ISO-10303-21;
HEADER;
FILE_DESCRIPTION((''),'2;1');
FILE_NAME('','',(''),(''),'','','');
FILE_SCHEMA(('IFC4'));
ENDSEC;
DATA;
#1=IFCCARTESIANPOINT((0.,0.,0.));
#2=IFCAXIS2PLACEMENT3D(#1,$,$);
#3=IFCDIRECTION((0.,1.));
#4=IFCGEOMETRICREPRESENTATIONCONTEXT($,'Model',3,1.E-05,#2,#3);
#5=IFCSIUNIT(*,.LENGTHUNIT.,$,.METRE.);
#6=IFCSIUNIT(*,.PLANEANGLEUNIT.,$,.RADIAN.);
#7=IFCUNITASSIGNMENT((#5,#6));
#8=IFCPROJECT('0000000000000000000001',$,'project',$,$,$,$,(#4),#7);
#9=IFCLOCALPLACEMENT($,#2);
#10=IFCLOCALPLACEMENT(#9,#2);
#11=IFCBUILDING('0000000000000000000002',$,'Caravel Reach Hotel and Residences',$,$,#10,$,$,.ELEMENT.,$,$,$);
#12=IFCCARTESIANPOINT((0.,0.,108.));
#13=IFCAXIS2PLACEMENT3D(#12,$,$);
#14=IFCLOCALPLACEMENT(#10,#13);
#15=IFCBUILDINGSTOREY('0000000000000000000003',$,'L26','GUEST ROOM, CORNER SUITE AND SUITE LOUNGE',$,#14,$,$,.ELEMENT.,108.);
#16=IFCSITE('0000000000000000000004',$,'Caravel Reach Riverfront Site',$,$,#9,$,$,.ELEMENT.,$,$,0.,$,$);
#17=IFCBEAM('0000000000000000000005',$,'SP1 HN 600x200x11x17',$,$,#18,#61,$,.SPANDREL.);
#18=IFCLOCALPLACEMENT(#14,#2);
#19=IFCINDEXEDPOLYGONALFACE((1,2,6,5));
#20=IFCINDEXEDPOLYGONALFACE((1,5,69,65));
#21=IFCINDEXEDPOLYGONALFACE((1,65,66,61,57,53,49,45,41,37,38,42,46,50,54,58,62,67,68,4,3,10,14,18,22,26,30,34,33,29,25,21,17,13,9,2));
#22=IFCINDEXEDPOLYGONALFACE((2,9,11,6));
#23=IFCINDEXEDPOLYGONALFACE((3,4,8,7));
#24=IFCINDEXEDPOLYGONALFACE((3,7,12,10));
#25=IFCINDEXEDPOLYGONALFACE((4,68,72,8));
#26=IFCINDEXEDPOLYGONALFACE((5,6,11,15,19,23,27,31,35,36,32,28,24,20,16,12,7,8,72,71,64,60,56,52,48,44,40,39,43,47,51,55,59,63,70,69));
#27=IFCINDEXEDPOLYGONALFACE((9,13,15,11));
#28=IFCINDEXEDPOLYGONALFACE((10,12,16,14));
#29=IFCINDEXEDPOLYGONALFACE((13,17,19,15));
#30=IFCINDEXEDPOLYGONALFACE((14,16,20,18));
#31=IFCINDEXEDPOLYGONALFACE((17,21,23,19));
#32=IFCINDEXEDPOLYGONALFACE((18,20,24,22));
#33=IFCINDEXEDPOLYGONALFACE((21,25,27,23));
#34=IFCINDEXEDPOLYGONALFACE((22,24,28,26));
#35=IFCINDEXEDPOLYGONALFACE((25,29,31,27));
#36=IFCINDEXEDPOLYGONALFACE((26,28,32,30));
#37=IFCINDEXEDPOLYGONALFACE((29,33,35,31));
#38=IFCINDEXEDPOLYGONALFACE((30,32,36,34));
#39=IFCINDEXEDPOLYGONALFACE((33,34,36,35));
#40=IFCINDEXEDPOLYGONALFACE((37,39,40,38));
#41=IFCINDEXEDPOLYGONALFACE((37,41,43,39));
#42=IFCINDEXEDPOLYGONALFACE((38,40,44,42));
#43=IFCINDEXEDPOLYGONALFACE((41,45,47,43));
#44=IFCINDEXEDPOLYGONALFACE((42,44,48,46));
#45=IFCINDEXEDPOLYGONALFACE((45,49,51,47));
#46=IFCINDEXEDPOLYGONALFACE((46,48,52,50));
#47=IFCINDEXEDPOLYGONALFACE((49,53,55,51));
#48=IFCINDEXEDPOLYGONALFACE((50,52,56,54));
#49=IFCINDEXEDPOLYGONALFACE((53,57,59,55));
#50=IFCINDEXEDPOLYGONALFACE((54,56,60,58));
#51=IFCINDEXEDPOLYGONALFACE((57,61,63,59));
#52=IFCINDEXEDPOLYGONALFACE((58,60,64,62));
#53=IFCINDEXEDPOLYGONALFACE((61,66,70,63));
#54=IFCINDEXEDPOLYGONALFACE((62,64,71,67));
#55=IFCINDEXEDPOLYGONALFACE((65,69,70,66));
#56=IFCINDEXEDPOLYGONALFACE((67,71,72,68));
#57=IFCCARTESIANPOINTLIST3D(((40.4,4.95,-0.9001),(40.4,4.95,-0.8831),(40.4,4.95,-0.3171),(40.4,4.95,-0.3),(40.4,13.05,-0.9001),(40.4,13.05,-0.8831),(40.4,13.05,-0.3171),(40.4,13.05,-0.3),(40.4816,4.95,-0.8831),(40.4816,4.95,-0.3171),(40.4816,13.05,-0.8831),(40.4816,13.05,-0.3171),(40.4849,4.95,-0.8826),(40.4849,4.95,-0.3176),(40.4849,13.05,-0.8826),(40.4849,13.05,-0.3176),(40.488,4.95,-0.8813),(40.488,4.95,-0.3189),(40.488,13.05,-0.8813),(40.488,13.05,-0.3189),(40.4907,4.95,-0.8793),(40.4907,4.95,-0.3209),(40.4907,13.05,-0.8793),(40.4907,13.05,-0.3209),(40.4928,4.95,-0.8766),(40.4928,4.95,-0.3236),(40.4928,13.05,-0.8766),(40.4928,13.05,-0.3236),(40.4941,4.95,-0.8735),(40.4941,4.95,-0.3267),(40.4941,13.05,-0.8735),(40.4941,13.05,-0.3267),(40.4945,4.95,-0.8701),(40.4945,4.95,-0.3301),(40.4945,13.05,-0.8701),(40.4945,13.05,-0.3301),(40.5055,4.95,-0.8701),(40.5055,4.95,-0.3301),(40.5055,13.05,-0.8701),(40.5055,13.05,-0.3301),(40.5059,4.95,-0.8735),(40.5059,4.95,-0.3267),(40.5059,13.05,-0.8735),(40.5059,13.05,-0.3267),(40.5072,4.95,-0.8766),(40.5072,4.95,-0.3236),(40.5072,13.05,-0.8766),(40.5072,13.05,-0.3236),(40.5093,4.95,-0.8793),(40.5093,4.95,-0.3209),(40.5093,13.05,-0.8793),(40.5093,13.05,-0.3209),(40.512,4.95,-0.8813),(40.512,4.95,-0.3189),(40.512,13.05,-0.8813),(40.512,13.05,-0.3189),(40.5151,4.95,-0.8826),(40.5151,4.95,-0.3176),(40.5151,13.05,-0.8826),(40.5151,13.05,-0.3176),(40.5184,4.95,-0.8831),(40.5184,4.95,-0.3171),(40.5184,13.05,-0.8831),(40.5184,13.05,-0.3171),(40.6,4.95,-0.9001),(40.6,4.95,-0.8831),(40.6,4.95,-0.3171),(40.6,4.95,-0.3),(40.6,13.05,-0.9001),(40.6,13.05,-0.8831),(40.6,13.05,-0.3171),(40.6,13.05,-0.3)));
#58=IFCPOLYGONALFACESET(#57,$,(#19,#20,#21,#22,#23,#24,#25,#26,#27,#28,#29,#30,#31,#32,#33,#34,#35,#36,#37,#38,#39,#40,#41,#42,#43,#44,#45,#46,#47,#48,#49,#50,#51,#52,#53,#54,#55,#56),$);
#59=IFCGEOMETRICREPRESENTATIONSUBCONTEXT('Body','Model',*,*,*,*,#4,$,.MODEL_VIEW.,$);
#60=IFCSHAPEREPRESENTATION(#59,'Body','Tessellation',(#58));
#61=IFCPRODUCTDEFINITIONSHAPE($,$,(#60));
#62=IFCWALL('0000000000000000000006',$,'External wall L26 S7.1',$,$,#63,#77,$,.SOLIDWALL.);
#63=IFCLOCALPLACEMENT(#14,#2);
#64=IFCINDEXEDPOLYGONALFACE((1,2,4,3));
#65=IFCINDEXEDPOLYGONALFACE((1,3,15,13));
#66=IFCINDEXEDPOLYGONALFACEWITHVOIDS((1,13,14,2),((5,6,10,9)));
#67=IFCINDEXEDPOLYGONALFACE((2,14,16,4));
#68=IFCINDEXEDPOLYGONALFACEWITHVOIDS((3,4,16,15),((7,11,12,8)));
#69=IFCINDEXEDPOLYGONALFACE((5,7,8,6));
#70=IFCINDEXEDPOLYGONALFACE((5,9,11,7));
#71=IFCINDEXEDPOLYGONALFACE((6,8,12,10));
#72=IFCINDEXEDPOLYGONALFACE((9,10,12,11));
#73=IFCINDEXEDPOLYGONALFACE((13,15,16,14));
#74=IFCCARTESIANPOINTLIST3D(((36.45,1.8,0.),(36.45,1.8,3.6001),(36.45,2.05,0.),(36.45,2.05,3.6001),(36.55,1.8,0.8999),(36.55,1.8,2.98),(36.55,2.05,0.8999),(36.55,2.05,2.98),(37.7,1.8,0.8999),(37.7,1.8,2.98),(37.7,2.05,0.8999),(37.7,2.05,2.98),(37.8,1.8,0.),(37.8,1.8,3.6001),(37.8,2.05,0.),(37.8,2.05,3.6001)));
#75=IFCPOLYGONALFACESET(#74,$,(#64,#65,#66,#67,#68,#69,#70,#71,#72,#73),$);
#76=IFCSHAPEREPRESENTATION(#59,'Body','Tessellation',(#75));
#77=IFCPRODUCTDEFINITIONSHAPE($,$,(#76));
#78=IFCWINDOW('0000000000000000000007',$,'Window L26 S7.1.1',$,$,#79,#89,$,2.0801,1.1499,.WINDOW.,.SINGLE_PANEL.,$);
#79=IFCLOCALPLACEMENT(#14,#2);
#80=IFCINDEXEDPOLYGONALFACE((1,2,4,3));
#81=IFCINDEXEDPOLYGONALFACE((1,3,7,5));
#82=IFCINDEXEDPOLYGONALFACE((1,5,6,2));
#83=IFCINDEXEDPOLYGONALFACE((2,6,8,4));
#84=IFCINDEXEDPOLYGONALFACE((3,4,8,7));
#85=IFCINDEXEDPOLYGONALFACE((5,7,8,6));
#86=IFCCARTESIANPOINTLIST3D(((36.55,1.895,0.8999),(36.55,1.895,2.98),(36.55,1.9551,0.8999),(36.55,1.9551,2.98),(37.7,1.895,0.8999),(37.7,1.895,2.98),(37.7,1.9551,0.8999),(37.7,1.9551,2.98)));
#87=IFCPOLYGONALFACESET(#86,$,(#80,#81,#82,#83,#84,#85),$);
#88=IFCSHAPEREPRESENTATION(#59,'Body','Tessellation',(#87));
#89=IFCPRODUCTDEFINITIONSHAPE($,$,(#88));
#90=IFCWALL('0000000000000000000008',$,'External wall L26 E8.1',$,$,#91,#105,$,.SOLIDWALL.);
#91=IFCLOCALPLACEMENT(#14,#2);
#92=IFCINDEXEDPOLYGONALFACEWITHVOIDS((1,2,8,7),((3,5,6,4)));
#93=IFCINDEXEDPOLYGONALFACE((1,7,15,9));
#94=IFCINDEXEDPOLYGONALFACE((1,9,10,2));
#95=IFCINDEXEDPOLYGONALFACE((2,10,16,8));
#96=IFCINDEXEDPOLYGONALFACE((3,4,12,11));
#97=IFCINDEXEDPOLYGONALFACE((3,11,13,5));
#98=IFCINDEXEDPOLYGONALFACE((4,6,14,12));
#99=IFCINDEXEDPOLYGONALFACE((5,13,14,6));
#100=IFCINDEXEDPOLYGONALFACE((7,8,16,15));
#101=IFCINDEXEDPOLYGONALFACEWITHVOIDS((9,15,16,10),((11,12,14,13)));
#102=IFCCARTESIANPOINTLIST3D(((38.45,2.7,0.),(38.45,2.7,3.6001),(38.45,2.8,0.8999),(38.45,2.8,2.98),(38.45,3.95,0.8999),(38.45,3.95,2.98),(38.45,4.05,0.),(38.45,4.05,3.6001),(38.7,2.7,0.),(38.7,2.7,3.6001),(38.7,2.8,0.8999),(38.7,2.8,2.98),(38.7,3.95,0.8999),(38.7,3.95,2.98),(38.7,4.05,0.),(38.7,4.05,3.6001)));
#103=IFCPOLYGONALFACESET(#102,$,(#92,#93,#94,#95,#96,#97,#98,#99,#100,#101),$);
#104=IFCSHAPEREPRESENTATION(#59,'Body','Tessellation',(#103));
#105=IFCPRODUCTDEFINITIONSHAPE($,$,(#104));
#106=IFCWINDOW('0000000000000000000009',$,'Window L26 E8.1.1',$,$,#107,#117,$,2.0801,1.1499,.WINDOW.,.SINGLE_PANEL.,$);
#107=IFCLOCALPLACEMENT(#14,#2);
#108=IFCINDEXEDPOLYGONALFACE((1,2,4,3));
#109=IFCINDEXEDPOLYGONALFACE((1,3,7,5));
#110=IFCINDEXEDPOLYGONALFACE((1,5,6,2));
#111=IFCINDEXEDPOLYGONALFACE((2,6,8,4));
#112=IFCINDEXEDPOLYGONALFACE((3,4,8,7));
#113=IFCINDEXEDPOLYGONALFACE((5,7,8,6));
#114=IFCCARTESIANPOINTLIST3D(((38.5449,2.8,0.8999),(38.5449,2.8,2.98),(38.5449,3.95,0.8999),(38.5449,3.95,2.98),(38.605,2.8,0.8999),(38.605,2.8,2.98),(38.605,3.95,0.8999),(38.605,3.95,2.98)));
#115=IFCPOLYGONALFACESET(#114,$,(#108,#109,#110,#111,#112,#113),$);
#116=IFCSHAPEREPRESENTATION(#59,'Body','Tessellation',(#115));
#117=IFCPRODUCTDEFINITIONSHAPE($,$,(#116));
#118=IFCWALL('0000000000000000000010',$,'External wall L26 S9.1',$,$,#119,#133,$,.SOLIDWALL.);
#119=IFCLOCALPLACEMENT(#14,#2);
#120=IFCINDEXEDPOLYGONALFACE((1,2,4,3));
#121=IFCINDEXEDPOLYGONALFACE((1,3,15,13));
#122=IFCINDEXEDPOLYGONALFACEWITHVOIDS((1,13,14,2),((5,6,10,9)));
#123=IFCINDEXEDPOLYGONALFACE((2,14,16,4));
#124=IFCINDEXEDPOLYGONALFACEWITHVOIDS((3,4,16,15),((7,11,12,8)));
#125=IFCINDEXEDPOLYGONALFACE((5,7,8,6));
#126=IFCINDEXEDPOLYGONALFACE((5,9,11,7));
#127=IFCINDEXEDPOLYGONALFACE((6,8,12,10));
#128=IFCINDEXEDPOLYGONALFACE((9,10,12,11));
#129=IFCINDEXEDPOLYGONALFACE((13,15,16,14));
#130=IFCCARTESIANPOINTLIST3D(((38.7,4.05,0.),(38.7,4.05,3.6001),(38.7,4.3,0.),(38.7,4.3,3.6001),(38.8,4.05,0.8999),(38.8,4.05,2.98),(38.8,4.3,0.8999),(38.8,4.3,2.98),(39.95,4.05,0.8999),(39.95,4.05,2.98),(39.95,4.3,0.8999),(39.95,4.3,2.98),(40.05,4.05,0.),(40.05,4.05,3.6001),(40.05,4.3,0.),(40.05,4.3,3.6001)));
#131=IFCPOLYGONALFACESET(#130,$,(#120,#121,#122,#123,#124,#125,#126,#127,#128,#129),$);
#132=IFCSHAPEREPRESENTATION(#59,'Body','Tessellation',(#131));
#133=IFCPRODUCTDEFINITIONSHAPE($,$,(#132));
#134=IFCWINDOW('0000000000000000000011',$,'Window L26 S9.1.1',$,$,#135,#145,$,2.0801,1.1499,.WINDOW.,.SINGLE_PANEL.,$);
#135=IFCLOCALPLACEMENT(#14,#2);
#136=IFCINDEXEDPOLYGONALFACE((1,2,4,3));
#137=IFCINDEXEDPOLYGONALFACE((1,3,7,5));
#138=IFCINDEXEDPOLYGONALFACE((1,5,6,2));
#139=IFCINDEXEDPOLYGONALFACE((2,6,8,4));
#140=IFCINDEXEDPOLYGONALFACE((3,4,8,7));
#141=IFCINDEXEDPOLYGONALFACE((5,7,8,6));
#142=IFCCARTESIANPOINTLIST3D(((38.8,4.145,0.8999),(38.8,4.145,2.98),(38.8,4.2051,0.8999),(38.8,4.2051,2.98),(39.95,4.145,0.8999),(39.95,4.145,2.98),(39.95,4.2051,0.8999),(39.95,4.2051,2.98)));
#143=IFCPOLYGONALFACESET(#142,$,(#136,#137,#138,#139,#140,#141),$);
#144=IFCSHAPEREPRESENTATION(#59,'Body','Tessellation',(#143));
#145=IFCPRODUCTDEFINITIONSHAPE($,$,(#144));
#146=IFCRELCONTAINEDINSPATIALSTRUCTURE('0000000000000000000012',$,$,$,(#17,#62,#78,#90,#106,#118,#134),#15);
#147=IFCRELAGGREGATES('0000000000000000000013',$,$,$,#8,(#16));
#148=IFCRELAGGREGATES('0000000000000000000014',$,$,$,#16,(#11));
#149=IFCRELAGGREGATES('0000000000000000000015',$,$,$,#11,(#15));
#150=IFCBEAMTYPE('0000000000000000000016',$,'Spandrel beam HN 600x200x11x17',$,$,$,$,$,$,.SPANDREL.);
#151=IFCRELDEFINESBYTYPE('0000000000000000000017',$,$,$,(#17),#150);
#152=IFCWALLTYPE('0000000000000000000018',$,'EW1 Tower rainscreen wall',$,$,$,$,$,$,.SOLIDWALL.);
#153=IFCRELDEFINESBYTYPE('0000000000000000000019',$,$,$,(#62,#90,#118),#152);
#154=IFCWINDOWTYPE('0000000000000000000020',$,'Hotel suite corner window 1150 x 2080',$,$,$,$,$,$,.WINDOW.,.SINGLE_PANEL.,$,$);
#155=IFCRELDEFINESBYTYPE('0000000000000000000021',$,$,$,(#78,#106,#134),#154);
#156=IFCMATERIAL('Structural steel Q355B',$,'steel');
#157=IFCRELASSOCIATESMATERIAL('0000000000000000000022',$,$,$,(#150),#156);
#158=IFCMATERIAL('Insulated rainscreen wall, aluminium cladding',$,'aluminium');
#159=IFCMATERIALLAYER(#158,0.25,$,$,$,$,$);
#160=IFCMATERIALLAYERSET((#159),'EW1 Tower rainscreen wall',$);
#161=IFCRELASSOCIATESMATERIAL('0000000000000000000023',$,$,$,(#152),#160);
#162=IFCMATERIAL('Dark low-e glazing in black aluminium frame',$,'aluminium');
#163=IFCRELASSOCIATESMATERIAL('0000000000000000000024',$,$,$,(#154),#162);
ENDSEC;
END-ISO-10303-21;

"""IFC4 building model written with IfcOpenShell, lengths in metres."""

from ifc_helpers import new_model, si_unit, direction, frame, frame_2d, origin, origin_2d, place, context, subcontext, project, spatial, rectangle, i_section, extrude, material, layer, layer_set, material_profile, profile_set, type_object, element, fill, save


model = new_model("IFC4")

# Units and contexts
model_context = context("Model", 3, precision=1e-05, world=origin(), true_north=direction((0.0, 1.0)))
body_context = subcontext(model_context, "Body", "Model", "MODEL_VIEW")
ifc_project = project(units=[si_unit("LENGTHUNIT", "METRE"), si_unit("PLANEANGLEUNIT", "RADIAN")], contexts=[model_context])

# Site, building, storey
site_placement = place(None, origin())
site = spatial("IfcSite", under=ifc_project, at=site_placement, Name="Caravel Reach Riverfront Site", CompositionType="ELEMENT", RefElevation=0.0)
building_placement = place(site_placement, origin())
building = spatial("IfcBuilding", under=site, at=building_placement, Name="Caravel Reach Hotel and Residences", CompositionType="ELEMENT")
storey_placement = place(building_placement, frame((0.0, 0.0, 108.0)))
storey = spatial("IfcBuildingStorey", under=building, at=storey_placement, Name="L26", Description="GUEST ROOM, CORNER SUITE AND SUITE LOUNGE", CompositionType="ELEMENT", Elevation=108.0)

# Beam
ifc_material_1 = material(Name="Structural steel Q355B", Category="steel")
ifc_material_profile_1 = material_profile(ifc_material_1, i_section(OverallWidth=0.2, OverallDepth=0.6001, WebThickness=0.011, FlangeThickness=0.0171, FilletRadius=0.0129, at=origin_2d()), Name="HN 600x200x11x17")
ifc_profile_set_1 = profile_set([ifc_material_profile_1], Name="Structural steel Q355B")
beam_type = type_object("IfcBeamType", Name="Spandrel beam HN 600x200x11x17", PredefinedType="SPANDREL", material=ifc_profile_set_1)
beam_placement = place(storey_placement, frame((40.5, 4.95, -0.6001), z_axis=(0.0, 1.0, 0.0), x_axis=(-1.0, 0.0, 0.0)))
element("IfcBeam", 1, at=beam_placement, inside=storey, type_object=beam_type, Name="SP1 HN 600x200x11x17", PredefinedType="SPANDREL", context=body_context, shape_type="SweptSolid", body=[
    extrude(i_section(OverallWidth=0.2, OverallDepth=0.6001, WebThickness=0.011, FlangeThickness=0.0171, FilletRadius=0.0129, at=origin_2d()), origin(), (0.0, 0.0, 1.0), 8.1001),
])

# Walls, openings, windows
ifc_material_2 = material(Name="Insulated rainscreen wall, aluminium cladding", Category="aluminium")
ifc_layer = layer(ifc_material_2, 0.25)
ifc_layer_set = layer_set([ifc_layer], Name="EW1 Tower rainscreen wall")
wall_type = type_object("IfcWallType", Name="EW1 Tower rainscreen wall", PredefinedType="SOLIDWALL", material=ifc_layer_set)
wall_1_placement = place(storey_placement, frame((36.45, 1.925, 0.0), z_axis=(0.0, 0.0, 1.0), x_axis=(1.0, 0.0, 0.0)))
wall_1 = element("IfcWall", 2, at=wall_1_placement, inside=storey, type_object=wall_type, Name="External wall L26 S7.1", PredefinedType="SOLIDWALL", context=body_context, shape_type="SweptSolid", body=[
    extrude(rectangle(XDim=1.3501, YDim=0.25, at=frame_2d((0.675, 0.0))), origin(), (0.0, 0.0, 1.0), 3.6001),
])
opening_1_placement = place(wall_1_placement, frame((0.1001, 0.0, 0.8999)))
opening_1 = element("IfcOpeningElement", 3, at=opening_1_placement, cuts=wall_1, PredefinedType="OPENING", context=body_context, shape_type="SweptSolid", body=[
    extrude(rectangle(XDim=1.1499, YDim=2.0801, at=frame_2d((0.575, 1.04))), frame((0.0, 0.135, 0.0), z_axis=(0.0, -1.0, 0.0), x_axis=(1.0, 0.0, 0.0)), (0.0, 0.0, 1.0), 0.27),
])
ifc_material_3 = material(Name="Dark low-e glazing in black aluminium frame", Category="aluminium")
window_type_1 = type_object("IfcWindowType", Name="Hotel suite corner window 1150 x 2080", PartitioningType="SINGLE_PANEL", PredefinedType="WINDOW", material=ifc_material_3)
window_1_placement = place(opening_1_placement, origin())
window_1 = element("IfcWindow", 4, at=window_1_placement, inside=storey, type_object=window_type_1, Name="Window L26 S7.1.1", OverallHeight=2.0801, OverallWidth=1.1499, PartitioningType="SINGLE_PANEL", PredefinedType="WINDOW", context=body_context, shape_type="SweptSolid", body=[
    extrude(rectangle(XDim=1.1499, YDim=2.0801, at=frame_2d((0.575, 1.04))), frame((0.0, 0.03, 0.0), z_axis=(0.0, -1.0, 0.0), x_axis=(1.0, 0.0, 0.0)), (0.0, 0.0, 1.0), 0.0601),
])
fill(opening_1, window_1)
wall_2_placement = place(storey_placement, frame((38.575, 2.7, 0.0), z_axis=(0.0, 0.0, 1.0), x_axis=(0.0, 1.0, 0.0)))
wall_2 = element("IfcWall", 5, at=wall_2_placement, inside=storey, type_object=wall_type, Name="External wall L26 E8.1", PredefinedType="SOLIDWALL", context=body_context, shape_type="SweptSolid", body=[
    extrude(rectangle(XDim=1.3501, YDim=0.25, at=frame_2d((0.675, 0.0))), origin(), (0.0, 0.0, 1.0), 3.6001),
])
opening_2_placement = place(wall_2_placement, frame((0.1001, 0.0, 0.8999)))
opening_2 = element("IfcOpeningElement", 6, at=opening_2_placement, cuts=wall_2, PredefinedType="OPENING", context=body_context, shape_type="SweptSolid", body=[
    extrude(rectangle(XDim=1.1499, YDim=2.0801, at=frame_2d((0.575, 1.04))), frame((0.0, 0.135, 0.0), z_axis=(0.0, -1.0, 0.0), x_axis=(1.0, 0.0, 0.0)), (0.0, 0.0, 1.0), 0.27),
])
window_2_placement = place(opening_2_placement, origin())
window_2 = element("IfcWindow", 7, at=window_2_placement, inside=storey, type_object=window_type_1, Name="Window L26 E8.1.1", OverallHeight=2.0801, OverallWidth=1.1499, PartitioningType="SINGLE_PANEL", PredefinedType="WINDOW", context=body_context, shape_type="SweptSolid", body=[
    extrude(rectangle(XDim=1.1499, YDim=2.0801, at=frame_2d((0.575, 1.04))), frame((0.0, 0.03, 0.0), z_axis=(0.0, -1.0, 0.0), x_axis=(1.0, 0.0, 0.0)), (0.0, 0.0, 1.0), 0.0601),
])
fill(opening_2, window_2)
wall_3_placement = place(storey_placement, frame((38.7, 4.175, 0.0), z_axis=(0.0, 0.0, 1.0), x_axis=(1.0, 0.0, 0.0)))
wall_3 = element("IfcWall", 8, at=wall_3_placement, inside=storey, type_object=wall_type, Name="External wall L26 S9.1", PredefinedType="SOLIDWALL", context=body_context, shape_type="SweptSolid", body=[
    extrude(rectangle(XDim=1.3501, YDim=0.25, at=frame_2d((0.675, 0.0))), origin(), (0.0, 0.0, 1.0), 3.6001),
])
opening_3_placement = place(wall_3_placement, frame((0.1001, 0.0, 0.8999)))
opening_3 = element("IfcOpeningElement", 9, at=opening_3_placement, cuts=wall_3, PredefinedType="OPENING", context=body_context, shape_type="SweptSolid", body=[
    extrude(rectangle(XDim=1.1499, YDim=2.0801, at=frame_2d((0.575, 1.04))), frame((0.0, 0.135, 0.0), z_axis=(0.0, -1.0, 0.0), x_axis=(1.0, 0.0, 0.0)), (0.0, 0.0, 1.0), 0.27),
])
window_3_placement = place(opening_3_placement, origin())
window_3 = element("IfcWindow", 10, at=window_3_placement, inside=storey, type_object=window_type_1, Name="Window L26 S9.1.1", OverallHeight=2.0801, OverallWidth=1.1499, PartitioningType="SINGLE_PANEL", PredefinedType="WINDOW", context=body_context, shape_type="SweptSolid", body=[
    extrude(rectangle(XDim=1.1499, YDim=2.0801, at=frame_2d((0.575, 1.04))), frame((0.0, 0.03, 0.0), z_axis=(0.0, -1.0, 0.0), x_axis=(1.0, 0.0, 0.0)), (0.0, 0.0, 1.0), 0.0601),
])
fill(opening_3, window_3)

save(model, "model.ifc")
